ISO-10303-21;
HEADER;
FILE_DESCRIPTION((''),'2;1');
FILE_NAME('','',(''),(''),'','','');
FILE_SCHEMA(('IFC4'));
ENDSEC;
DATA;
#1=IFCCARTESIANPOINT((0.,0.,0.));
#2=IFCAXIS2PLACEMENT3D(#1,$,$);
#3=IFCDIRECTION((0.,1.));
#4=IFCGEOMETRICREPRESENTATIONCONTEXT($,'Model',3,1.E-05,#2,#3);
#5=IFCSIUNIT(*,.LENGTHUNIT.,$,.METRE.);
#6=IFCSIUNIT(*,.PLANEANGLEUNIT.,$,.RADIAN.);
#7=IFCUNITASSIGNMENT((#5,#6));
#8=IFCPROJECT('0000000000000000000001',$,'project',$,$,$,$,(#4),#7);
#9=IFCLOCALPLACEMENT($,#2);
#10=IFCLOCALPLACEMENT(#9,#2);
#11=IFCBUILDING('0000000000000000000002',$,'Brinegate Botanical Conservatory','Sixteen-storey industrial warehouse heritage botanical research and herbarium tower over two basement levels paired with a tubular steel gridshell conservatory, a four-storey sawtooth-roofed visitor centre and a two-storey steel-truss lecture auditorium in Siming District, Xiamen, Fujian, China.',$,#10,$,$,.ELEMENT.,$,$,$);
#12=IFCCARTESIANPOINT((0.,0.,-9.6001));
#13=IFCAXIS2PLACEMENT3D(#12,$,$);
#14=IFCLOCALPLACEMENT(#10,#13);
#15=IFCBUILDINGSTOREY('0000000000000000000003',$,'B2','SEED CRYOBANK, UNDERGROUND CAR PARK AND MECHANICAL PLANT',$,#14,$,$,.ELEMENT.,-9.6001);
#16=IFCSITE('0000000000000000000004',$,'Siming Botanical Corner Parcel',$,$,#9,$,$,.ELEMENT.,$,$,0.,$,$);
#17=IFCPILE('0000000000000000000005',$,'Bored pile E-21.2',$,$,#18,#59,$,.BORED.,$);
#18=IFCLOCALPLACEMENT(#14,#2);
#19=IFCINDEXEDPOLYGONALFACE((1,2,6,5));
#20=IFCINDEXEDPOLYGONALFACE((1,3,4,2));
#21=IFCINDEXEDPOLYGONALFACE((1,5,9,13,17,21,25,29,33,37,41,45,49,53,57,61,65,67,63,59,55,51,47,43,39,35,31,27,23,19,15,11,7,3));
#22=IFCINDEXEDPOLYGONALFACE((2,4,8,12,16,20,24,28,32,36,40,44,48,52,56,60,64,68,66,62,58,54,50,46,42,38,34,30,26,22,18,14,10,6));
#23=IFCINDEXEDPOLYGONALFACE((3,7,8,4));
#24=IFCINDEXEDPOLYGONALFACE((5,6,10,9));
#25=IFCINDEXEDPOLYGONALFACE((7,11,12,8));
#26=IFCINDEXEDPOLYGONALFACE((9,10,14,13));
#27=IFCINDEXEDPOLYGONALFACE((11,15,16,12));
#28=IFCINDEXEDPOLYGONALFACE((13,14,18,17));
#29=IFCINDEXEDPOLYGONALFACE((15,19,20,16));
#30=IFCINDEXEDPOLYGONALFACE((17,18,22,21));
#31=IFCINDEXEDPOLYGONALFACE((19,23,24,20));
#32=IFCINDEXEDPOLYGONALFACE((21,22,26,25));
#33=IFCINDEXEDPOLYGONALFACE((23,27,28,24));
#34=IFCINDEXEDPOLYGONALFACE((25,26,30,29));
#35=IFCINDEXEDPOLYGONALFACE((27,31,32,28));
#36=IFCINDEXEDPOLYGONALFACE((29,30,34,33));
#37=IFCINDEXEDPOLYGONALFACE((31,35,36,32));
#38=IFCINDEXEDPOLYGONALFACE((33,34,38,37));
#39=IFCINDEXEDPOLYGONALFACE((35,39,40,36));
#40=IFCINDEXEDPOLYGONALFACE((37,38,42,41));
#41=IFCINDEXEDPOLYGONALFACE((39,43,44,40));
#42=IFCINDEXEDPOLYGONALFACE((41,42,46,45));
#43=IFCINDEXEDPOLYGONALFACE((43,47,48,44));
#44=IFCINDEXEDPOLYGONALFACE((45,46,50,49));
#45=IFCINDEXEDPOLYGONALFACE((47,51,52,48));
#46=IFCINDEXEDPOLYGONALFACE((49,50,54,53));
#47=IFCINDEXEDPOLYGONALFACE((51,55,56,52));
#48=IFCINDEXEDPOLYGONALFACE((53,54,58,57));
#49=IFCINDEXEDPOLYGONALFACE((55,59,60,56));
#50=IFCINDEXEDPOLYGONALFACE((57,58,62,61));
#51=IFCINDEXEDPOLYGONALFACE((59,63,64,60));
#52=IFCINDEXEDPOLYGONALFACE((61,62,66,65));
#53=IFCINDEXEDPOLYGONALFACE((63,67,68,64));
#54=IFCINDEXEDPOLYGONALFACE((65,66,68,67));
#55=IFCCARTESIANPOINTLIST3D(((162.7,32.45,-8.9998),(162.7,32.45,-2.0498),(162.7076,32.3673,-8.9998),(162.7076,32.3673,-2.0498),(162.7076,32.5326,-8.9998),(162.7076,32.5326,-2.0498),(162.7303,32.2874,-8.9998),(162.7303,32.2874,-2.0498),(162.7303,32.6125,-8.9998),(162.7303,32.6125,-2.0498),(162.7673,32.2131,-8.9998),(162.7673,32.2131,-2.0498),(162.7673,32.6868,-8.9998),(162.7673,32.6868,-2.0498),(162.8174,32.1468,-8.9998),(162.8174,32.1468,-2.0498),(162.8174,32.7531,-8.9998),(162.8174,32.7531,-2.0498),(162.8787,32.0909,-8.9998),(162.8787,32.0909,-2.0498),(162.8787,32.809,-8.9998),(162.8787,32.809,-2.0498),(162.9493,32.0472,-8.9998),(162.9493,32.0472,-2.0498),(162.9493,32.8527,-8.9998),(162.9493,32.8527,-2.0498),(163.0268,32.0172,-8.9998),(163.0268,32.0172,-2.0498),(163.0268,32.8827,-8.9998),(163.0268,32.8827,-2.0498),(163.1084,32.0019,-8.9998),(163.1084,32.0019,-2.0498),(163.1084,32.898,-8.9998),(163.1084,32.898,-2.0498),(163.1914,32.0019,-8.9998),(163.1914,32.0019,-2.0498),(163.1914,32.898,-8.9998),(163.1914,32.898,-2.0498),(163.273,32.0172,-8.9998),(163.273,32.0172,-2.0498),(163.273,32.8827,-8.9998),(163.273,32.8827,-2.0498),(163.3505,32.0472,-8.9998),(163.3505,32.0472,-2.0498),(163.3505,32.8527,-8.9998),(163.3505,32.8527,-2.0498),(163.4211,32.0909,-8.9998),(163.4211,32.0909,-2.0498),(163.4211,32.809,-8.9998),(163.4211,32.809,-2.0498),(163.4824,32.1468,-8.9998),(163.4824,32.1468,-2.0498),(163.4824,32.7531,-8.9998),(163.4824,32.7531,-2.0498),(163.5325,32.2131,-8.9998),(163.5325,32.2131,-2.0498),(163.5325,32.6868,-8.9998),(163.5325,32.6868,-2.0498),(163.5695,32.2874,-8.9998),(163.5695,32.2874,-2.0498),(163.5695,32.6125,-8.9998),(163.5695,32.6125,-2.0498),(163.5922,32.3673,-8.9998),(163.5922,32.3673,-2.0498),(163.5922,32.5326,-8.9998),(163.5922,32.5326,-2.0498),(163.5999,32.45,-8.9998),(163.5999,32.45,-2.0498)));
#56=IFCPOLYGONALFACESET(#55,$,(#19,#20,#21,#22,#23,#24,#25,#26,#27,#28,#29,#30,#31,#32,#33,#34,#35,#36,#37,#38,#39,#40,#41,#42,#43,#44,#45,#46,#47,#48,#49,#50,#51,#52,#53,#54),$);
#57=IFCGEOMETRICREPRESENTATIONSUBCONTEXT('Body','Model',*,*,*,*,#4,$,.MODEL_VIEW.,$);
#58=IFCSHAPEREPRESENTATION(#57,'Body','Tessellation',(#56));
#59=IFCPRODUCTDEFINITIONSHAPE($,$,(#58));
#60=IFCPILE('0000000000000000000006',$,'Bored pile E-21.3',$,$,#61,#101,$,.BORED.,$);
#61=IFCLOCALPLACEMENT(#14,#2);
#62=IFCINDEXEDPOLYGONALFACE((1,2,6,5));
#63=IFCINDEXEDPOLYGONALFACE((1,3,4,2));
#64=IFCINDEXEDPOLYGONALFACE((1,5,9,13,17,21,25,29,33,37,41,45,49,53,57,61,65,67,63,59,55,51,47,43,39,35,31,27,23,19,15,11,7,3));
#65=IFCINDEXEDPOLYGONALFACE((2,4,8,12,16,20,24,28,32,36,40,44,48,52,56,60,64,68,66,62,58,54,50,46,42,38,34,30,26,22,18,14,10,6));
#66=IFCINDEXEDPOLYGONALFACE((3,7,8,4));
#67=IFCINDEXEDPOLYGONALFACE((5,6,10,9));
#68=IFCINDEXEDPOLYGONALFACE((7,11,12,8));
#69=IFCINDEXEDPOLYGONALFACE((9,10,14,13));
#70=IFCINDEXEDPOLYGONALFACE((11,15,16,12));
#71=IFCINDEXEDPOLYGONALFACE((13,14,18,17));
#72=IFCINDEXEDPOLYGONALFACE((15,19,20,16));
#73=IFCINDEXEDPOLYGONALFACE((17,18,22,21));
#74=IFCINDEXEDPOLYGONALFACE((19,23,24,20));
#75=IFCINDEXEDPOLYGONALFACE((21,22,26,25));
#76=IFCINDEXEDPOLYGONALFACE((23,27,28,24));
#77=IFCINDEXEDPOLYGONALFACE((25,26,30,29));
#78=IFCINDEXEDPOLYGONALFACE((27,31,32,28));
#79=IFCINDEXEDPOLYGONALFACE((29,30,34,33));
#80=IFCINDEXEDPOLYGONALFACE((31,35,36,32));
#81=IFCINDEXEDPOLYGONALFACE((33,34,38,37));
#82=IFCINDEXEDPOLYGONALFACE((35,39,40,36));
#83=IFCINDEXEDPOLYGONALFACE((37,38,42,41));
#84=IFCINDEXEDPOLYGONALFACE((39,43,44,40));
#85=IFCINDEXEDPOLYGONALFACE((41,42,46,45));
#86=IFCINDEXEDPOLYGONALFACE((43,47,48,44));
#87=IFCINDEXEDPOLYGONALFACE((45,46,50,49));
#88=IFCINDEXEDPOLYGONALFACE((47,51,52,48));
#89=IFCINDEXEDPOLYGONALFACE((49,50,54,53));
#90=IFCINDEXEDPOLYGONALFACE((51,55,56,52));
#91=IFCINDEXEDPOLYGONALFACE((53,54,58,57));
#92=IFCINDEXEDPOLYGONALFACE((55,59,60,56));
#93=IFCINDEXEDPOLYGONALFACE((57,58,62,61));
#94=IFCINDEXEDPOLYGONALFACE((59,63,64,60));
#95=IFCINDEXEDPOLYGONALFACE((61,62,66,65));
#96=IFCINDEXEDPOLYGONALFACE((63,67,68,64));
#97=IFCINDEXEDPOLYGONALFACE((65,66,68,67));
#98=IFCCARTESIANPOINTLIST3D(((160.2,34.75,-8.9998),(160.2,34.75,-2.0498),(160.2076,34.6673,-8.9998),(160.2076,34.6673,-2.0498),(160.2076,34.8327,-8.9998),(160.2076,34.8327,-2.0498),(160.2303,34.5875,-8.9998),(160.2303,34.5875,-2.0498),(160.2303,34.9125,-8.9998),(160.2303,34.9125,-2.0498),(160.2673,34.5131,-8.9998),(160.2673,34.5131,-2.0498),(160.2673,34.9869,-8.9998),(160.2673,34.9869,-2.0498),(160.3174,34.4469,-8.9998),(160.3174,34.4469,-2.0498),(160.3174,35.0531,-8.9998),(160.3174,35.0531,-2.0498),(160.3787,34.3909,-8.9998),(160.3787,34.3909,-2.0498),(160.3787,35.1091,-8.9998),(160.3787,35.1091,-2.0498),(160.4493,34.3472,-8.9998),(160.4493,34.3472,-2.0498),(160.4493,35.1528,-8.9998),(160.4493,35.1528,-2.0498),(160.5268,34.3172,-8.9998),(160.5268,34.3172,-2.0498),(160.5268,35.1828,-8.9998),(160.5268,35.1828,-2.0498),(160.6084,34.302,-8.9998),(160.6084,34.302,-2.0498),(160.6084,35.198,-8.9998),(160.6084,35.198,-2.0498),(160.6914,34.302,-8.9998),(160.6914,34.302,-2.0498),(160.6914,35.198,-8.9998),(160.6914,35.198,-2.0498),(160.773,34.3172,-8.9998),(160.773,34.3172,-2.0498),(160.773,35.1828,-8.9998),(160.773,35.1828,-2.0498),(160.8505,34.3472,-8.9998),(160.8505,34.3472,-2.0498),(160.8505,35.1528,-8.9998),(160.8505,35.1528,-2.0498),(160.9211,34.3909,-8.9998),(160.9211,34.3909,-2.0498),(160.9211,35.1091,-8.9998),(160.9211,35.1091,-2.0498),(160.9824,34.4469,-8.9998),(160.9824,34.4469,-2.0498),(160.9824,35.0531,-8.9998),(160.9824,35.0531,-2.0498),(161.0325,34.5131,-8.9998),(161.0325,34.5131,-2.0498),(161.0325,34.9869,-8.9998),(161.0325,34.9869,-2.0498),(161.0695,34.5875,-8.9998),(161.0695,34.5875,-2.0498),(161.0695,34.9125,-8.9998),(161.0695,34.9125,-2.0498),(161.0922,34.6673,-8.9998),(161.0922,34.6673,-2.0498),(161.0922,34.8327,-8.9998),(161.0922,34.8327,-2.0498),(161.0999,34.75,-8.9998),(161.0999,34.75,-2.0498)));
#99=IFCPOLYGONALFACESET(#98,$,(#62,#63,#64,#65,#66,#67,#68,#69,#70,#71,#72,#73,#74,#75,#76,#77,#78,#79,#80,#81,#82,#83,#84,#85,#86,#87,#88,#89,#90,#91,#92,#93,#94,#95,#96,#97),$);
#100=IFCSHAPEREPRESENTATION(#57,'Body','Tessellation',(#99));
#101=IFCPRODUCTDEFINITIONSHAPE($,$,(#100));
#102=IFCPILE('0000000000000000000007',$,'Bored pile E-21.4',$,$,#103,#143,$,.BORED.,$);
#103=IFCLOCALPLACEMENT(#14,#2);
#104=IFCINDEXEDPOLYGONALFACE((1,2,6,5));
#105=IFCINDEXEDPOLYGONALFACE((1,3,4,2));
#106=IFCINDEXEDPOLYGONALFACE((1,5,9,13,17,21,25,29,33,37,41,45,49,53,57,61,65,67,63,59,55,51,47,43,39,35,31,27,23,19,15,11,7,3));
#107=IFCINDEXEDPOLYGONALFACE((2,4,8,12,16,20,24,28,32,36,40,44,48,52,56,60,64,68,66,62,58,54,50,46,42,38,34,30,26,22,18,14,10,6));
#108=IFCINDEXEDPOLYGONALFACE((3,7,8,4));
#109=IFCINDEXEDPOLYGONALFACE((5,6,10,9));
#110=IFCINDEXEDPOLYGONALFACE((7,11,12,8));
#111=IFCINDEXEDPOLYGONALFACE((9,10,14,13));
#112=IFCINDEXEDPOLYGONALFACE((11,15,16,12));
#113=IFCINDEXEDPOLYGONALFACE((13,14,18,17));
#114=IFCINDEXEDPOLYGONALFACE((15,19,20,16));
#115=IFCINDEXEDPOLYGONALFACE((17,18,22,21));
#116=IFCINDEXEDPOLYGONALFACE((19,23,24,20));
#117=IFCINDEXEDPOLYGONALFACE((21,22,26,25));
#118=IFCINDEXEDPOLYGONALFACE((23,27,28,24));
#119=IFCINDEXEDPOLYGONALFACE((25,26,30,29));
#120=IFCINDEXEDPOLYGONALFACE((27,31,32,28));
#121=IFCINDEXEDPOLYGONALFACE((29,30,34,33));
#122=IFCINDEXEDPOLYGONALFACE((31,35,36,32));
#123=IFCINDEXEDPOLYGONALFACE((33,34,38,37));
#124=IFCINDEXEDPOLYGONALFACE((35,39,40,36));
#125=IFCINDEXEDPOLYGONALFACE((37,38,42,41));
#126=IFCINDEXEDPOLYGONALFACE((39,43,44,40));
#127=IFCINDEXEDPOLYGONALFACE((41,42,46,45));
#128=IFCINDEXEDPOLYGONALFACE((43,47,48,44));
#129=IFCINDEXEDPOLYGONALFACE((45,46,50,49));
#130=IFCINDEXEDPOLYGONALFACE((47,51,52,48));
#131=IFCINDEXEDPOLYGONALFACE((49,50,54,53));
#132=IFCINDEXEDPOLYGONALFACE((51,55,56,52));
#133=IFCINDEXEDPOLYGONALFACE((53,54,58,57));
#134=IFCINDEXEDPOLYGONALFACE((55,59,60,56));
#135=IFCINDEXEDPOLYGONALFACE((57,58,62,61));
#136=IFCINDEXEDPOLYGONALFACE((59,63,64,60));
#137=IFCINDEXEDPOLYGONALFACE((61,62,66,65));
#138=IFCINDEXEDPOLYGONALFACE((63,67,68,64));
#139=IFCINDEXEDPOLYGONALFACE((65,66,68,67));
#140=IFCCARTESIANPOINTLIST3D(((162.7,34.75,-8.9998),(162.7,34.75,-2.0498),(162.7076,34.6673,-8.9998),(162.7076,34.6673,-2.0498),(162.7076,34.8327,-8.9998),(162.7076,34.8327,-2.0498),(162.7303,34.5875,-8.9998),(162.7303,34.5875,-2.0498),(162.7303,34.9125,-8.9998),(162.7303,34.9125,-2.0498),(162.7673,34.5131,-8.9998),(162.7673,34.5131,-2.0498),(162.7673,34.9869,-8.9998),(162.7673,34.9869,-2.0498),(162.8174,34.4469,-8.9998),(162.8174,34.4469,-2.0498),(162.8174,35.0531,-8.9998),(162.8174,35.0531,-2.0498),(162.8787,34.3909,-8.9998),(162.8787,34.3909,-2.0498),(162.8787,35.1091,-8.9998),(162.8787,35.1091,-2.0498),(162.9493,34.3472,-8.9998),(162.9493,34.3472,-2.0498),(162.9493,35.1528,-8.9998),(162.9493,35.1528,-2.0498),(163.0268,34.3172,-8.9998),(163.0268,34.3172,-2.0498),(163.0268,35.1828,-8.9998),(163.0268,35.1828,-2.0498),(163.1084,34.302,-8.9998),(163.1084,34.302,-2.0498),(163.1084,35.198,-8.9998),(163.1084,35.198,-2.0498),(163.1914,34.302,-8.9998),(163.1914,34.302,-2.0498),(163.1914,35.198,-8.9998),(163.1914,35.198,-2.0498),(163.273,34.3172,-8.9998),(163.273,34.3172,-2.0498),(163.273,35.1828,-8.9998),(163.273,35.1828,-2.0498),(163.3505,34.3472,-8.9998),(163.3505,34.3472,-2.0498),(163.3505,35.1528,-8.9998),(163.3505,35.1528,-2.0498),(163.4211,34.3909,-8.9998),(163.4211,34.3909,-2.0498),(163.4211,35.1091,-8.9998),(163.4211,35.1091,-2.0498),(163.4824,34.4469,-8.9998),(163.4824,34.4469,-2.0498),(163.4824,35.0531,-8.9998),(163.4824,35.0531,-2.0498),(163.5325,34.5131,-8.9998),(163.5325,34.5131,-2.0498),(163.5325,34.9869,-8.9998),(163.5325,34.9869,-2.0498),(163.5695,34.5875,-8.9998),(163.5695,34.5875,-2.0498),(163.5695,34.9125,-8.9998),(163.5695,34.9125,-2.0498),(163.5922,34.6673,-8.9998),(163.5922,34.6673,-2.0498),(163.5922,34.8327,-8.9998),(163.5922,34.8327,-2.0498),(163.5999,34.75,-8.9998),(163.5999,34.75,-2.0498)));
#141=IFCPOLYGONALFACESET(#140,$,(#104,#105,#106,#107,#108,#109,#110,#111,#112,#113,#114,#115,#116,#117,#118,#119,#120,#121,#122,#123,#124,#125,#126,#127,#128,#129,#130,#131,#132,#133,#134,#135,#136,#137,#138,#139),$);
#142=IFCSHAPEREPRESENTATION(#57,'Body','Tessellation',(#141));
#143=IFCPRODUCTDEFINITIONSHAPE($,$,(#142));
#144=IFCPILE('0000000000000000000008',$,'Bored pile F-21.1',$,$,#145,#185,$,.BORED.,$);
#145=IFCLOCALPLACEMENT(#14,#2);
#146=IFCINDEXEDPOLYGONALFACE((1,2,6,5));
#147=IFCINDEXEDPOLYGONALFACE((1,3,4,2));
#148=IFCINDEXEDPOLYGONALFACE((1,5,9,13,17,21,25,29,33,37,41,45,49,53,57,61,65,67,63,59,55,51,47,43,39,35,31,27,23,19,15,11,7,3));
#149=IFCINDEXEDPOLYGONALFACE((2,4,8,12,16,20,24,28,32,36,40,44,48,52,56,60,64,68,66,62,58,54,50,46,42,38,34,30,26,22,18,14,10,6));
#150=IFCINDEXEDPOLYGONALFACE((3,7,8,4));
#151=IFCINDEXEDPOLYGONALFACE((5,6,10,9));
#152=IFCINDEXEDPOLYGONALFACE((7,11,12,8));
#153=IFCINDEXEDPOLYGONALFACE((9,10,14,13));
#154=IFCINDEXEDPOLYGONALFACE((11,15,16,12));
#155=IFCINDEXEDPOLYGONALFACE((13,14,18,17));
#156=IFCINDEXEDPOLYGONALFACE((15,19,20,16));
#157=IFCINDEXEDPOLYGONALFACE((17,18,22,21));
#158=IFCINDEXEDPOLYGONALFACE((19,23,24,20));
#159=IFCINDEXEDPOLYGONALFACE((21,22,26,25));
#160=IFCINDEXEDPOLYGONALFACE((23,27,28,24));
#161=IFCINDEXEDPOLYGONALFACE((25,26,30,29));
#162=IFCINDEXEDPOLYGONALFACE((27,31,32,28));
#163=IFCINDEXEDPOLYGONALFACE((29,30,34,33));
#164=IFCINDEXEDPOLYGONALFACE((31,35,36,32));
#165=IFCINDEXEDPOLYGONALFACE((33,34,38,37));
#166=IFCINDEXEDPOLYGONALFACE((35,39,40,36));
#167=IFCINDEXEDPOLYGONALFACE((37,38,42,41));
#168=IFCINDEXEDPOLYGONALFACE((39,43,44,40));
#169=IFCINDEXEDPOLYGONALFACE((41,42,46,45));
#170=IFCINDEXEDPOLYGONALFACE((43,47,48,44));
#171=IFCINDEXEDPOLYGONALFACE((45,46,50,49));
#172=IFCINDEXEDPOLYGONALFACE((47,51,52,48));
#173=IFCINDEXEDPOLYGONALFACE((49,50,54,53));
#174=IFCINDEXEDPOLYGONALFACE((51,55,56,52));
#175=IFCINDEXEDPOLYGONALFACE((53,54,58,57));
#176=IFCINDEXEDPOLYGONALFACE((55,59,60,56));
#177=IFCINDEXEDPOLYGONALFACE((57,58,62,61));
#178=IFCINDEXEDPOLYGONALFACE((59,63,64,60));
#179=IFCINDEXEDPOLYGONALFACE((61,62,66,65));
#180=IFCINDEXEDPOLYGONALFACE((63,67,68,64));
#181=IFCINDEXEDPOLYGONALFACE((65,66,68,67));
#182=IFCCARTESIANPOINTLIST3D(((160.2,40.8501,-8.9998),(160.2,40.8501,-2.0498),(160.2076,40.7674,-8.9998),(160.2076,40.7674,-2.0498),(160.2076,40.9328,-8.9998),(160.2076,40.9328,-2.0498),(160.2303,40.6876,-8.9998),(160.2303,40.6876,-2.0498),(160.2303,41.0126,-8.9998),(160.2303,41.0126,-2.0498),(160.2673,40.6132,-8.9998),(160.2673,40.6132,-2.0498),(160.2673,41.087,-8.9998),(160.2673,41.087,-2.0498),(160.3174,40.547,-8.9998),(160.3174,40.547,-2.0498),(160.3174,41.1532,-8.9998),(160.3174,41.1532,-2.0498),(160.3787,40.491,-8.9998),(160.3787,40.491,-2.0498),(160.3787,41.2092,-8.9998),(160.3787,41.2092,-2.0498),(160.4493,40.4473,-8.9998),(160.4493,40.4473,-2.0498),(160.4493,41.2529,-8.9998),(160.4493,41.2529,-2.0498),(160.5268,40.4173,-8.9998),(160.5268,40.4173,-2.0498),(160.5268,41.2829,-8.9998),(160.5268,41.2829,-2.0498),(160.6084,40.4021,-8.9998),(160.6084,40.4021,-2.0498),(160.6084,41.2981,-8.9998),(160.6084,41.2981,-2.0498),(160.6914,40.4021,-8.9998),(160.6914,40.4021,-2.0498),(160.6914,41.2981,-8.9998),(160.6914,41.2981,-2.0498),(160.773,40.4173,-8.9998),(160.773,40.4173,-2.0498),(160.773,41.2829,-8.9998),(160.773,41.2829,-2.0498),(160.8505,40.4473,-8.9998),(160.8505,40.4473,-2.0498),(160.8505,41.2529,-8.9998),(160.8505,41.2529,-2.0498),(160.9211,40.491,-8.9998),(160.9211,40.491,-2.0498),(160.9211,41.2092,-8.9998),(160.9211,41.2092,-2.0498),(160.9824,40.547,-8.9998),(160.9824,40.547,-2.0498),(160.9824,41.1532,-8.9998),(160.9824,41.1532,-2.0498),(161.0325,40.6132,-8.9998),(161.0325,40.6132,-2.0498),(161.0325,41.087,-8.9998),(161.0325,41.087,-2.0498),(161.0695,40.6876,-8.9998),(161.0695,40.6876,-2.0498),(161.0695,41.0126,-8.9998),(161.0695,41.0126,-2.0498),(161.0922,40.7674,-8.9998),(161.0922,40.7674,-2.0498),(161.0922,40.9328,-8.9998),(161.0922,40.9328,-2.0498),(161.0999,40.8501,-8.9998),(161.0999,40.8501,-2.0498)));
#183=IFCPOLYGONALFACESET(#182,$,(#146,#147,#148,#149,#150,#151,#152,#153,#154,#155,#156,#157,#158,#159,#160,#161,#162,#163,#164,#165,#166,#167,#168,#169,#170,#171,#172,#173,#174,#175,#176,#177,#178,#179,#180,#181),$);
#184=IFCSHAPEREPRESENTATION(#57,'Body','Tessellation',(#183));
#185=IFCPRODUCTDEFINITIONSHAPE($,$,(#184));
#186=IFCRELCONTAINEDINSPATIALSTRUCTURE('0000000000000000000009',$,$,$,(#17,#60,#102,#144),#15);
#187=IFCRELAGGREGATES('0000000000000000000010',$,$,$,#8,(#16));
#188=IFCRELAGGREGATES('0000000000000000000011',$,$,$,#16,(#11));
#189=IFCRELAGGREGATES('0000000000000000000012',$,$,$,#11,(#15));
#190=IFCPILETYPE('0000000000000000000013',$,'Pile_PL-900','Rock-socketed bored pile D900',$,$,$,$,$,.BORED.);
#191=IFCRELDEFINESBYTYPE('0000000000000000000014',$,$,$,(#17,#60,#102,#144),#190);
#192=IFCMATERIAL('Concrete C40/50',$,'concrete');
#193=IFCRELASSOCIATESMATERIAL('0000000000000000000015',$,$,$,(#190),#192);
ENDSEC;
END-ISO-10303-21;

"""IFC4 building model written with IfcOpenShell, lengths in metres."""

from ifc_helpers import new_model, si_unit, direction, frame, origin, origin_2d, place, context, subcontext, project, spatial, circle, extrude, material, material_profile, profile_set, type_object, element, save


model = new_model("IFC4")

# Units and contexts
model_context = context("Model", 3, precision=1e-05, world=origin(), true_north=direction((0.0, 1.0)))
body_context = subcontext(model_context, "Body", "Model", "MODEL_VIEW")
ifc_project = project(units=[si_unit("LENGTHUNIT", "METRE"), si_unit("PLANEANGLEUNIT", "RADIAN")], contexts=[model_context])

# Site, building, storey
site_placement = place(None, origin())
site = spatial("IfcSite", under=ifc_project, at=site_placement, Name="Siming Botanical Corner Parcel", CompositionType="ELEMENT", RefElevation=0.0)
building_placement = place(site_placement, origin())
building = spatial("IfcBuilding", under=site, at=building_placement, Name="Brinegate Botanical Conservatory", Description="Sixteen-storey industrial warehouse heritage botanical research and herbarium tower over two basement levels paired with a tubular steel gridshell conservatory, a four-storey sawtooth-roofed visitor centre and a two-storey steel-truss lecture auditorium in Siming District, Xiamen, Fujian, China.", CompositionType="ELEMENT")
storey_placement = place(building_placement, frame((0.0, 0.0, -9.6001)))
storey = spatial("IfcBuildingStorey", under=building, at=storey_placement, Name="B2", Description="SEED CRYOBANK, UNDERGROUND CAR PARK AND MECHANICAL PLANT", CompositionType="ELEMENT", Elevation=-9.6001)

# Shared definitions
ifc_material_1 = material(Name="Concrete C40/50", Category="concrete")

# Piles
ifc_material_profile_1 = material_profile(ifc_material_1, circle(Radius=0.45, at=origin_2d()), Name="PILE D900")
ifc_profile_set_1 = profile_set([ifc_material_profile_1], Name="Concrete C40/50")
pile_type = type_object("IfcPileType", Name="Pile_PL-900", Description="Rock-socketed bored pile D900", PredefinedType="BORED", material=ifc_profile_set_1)
for number, where, z_axis, x_axis, name in (
    (1, (163.1499, 32.45, -2.0498), (0.0, 0.0, -1.0), (1.0, 0.0, 0.0), "Bored pile E-21.2"),
    (2, (160.6499, 34.75, -2.0498), (0.0, 0.0, -1.0), (1.0, 0.0, 0.0), "Bored pile E-21.3"),
    (3, (163.1499, 34.75, -2.0498), (0.0, 0.0, -1.0), (1.0, 0.0, 0.0), "Bored pile E-21.4"),
    (4, (160.6499, 40.8501, -2.0498), (0.0, 0.0, -1.0), (1.0, 0.0, 0.0), "Bored pile F-21.1"),
):
    element("IfcPile", number, at=place(storey_placement, frame(where, z_axis=z_axis, x_axis=x_axis)), inside=storey, type_object=pile_type, Name=name, PredefinedType="BORED", context=body_context, shape_type="SweptSolid", body=[
        extrude(circle(Radius=0.45, at=origin_2d()), origin(), (0.0, 0.0, 1.0), 6.95),
    ])

save(model, "model.ifc")
